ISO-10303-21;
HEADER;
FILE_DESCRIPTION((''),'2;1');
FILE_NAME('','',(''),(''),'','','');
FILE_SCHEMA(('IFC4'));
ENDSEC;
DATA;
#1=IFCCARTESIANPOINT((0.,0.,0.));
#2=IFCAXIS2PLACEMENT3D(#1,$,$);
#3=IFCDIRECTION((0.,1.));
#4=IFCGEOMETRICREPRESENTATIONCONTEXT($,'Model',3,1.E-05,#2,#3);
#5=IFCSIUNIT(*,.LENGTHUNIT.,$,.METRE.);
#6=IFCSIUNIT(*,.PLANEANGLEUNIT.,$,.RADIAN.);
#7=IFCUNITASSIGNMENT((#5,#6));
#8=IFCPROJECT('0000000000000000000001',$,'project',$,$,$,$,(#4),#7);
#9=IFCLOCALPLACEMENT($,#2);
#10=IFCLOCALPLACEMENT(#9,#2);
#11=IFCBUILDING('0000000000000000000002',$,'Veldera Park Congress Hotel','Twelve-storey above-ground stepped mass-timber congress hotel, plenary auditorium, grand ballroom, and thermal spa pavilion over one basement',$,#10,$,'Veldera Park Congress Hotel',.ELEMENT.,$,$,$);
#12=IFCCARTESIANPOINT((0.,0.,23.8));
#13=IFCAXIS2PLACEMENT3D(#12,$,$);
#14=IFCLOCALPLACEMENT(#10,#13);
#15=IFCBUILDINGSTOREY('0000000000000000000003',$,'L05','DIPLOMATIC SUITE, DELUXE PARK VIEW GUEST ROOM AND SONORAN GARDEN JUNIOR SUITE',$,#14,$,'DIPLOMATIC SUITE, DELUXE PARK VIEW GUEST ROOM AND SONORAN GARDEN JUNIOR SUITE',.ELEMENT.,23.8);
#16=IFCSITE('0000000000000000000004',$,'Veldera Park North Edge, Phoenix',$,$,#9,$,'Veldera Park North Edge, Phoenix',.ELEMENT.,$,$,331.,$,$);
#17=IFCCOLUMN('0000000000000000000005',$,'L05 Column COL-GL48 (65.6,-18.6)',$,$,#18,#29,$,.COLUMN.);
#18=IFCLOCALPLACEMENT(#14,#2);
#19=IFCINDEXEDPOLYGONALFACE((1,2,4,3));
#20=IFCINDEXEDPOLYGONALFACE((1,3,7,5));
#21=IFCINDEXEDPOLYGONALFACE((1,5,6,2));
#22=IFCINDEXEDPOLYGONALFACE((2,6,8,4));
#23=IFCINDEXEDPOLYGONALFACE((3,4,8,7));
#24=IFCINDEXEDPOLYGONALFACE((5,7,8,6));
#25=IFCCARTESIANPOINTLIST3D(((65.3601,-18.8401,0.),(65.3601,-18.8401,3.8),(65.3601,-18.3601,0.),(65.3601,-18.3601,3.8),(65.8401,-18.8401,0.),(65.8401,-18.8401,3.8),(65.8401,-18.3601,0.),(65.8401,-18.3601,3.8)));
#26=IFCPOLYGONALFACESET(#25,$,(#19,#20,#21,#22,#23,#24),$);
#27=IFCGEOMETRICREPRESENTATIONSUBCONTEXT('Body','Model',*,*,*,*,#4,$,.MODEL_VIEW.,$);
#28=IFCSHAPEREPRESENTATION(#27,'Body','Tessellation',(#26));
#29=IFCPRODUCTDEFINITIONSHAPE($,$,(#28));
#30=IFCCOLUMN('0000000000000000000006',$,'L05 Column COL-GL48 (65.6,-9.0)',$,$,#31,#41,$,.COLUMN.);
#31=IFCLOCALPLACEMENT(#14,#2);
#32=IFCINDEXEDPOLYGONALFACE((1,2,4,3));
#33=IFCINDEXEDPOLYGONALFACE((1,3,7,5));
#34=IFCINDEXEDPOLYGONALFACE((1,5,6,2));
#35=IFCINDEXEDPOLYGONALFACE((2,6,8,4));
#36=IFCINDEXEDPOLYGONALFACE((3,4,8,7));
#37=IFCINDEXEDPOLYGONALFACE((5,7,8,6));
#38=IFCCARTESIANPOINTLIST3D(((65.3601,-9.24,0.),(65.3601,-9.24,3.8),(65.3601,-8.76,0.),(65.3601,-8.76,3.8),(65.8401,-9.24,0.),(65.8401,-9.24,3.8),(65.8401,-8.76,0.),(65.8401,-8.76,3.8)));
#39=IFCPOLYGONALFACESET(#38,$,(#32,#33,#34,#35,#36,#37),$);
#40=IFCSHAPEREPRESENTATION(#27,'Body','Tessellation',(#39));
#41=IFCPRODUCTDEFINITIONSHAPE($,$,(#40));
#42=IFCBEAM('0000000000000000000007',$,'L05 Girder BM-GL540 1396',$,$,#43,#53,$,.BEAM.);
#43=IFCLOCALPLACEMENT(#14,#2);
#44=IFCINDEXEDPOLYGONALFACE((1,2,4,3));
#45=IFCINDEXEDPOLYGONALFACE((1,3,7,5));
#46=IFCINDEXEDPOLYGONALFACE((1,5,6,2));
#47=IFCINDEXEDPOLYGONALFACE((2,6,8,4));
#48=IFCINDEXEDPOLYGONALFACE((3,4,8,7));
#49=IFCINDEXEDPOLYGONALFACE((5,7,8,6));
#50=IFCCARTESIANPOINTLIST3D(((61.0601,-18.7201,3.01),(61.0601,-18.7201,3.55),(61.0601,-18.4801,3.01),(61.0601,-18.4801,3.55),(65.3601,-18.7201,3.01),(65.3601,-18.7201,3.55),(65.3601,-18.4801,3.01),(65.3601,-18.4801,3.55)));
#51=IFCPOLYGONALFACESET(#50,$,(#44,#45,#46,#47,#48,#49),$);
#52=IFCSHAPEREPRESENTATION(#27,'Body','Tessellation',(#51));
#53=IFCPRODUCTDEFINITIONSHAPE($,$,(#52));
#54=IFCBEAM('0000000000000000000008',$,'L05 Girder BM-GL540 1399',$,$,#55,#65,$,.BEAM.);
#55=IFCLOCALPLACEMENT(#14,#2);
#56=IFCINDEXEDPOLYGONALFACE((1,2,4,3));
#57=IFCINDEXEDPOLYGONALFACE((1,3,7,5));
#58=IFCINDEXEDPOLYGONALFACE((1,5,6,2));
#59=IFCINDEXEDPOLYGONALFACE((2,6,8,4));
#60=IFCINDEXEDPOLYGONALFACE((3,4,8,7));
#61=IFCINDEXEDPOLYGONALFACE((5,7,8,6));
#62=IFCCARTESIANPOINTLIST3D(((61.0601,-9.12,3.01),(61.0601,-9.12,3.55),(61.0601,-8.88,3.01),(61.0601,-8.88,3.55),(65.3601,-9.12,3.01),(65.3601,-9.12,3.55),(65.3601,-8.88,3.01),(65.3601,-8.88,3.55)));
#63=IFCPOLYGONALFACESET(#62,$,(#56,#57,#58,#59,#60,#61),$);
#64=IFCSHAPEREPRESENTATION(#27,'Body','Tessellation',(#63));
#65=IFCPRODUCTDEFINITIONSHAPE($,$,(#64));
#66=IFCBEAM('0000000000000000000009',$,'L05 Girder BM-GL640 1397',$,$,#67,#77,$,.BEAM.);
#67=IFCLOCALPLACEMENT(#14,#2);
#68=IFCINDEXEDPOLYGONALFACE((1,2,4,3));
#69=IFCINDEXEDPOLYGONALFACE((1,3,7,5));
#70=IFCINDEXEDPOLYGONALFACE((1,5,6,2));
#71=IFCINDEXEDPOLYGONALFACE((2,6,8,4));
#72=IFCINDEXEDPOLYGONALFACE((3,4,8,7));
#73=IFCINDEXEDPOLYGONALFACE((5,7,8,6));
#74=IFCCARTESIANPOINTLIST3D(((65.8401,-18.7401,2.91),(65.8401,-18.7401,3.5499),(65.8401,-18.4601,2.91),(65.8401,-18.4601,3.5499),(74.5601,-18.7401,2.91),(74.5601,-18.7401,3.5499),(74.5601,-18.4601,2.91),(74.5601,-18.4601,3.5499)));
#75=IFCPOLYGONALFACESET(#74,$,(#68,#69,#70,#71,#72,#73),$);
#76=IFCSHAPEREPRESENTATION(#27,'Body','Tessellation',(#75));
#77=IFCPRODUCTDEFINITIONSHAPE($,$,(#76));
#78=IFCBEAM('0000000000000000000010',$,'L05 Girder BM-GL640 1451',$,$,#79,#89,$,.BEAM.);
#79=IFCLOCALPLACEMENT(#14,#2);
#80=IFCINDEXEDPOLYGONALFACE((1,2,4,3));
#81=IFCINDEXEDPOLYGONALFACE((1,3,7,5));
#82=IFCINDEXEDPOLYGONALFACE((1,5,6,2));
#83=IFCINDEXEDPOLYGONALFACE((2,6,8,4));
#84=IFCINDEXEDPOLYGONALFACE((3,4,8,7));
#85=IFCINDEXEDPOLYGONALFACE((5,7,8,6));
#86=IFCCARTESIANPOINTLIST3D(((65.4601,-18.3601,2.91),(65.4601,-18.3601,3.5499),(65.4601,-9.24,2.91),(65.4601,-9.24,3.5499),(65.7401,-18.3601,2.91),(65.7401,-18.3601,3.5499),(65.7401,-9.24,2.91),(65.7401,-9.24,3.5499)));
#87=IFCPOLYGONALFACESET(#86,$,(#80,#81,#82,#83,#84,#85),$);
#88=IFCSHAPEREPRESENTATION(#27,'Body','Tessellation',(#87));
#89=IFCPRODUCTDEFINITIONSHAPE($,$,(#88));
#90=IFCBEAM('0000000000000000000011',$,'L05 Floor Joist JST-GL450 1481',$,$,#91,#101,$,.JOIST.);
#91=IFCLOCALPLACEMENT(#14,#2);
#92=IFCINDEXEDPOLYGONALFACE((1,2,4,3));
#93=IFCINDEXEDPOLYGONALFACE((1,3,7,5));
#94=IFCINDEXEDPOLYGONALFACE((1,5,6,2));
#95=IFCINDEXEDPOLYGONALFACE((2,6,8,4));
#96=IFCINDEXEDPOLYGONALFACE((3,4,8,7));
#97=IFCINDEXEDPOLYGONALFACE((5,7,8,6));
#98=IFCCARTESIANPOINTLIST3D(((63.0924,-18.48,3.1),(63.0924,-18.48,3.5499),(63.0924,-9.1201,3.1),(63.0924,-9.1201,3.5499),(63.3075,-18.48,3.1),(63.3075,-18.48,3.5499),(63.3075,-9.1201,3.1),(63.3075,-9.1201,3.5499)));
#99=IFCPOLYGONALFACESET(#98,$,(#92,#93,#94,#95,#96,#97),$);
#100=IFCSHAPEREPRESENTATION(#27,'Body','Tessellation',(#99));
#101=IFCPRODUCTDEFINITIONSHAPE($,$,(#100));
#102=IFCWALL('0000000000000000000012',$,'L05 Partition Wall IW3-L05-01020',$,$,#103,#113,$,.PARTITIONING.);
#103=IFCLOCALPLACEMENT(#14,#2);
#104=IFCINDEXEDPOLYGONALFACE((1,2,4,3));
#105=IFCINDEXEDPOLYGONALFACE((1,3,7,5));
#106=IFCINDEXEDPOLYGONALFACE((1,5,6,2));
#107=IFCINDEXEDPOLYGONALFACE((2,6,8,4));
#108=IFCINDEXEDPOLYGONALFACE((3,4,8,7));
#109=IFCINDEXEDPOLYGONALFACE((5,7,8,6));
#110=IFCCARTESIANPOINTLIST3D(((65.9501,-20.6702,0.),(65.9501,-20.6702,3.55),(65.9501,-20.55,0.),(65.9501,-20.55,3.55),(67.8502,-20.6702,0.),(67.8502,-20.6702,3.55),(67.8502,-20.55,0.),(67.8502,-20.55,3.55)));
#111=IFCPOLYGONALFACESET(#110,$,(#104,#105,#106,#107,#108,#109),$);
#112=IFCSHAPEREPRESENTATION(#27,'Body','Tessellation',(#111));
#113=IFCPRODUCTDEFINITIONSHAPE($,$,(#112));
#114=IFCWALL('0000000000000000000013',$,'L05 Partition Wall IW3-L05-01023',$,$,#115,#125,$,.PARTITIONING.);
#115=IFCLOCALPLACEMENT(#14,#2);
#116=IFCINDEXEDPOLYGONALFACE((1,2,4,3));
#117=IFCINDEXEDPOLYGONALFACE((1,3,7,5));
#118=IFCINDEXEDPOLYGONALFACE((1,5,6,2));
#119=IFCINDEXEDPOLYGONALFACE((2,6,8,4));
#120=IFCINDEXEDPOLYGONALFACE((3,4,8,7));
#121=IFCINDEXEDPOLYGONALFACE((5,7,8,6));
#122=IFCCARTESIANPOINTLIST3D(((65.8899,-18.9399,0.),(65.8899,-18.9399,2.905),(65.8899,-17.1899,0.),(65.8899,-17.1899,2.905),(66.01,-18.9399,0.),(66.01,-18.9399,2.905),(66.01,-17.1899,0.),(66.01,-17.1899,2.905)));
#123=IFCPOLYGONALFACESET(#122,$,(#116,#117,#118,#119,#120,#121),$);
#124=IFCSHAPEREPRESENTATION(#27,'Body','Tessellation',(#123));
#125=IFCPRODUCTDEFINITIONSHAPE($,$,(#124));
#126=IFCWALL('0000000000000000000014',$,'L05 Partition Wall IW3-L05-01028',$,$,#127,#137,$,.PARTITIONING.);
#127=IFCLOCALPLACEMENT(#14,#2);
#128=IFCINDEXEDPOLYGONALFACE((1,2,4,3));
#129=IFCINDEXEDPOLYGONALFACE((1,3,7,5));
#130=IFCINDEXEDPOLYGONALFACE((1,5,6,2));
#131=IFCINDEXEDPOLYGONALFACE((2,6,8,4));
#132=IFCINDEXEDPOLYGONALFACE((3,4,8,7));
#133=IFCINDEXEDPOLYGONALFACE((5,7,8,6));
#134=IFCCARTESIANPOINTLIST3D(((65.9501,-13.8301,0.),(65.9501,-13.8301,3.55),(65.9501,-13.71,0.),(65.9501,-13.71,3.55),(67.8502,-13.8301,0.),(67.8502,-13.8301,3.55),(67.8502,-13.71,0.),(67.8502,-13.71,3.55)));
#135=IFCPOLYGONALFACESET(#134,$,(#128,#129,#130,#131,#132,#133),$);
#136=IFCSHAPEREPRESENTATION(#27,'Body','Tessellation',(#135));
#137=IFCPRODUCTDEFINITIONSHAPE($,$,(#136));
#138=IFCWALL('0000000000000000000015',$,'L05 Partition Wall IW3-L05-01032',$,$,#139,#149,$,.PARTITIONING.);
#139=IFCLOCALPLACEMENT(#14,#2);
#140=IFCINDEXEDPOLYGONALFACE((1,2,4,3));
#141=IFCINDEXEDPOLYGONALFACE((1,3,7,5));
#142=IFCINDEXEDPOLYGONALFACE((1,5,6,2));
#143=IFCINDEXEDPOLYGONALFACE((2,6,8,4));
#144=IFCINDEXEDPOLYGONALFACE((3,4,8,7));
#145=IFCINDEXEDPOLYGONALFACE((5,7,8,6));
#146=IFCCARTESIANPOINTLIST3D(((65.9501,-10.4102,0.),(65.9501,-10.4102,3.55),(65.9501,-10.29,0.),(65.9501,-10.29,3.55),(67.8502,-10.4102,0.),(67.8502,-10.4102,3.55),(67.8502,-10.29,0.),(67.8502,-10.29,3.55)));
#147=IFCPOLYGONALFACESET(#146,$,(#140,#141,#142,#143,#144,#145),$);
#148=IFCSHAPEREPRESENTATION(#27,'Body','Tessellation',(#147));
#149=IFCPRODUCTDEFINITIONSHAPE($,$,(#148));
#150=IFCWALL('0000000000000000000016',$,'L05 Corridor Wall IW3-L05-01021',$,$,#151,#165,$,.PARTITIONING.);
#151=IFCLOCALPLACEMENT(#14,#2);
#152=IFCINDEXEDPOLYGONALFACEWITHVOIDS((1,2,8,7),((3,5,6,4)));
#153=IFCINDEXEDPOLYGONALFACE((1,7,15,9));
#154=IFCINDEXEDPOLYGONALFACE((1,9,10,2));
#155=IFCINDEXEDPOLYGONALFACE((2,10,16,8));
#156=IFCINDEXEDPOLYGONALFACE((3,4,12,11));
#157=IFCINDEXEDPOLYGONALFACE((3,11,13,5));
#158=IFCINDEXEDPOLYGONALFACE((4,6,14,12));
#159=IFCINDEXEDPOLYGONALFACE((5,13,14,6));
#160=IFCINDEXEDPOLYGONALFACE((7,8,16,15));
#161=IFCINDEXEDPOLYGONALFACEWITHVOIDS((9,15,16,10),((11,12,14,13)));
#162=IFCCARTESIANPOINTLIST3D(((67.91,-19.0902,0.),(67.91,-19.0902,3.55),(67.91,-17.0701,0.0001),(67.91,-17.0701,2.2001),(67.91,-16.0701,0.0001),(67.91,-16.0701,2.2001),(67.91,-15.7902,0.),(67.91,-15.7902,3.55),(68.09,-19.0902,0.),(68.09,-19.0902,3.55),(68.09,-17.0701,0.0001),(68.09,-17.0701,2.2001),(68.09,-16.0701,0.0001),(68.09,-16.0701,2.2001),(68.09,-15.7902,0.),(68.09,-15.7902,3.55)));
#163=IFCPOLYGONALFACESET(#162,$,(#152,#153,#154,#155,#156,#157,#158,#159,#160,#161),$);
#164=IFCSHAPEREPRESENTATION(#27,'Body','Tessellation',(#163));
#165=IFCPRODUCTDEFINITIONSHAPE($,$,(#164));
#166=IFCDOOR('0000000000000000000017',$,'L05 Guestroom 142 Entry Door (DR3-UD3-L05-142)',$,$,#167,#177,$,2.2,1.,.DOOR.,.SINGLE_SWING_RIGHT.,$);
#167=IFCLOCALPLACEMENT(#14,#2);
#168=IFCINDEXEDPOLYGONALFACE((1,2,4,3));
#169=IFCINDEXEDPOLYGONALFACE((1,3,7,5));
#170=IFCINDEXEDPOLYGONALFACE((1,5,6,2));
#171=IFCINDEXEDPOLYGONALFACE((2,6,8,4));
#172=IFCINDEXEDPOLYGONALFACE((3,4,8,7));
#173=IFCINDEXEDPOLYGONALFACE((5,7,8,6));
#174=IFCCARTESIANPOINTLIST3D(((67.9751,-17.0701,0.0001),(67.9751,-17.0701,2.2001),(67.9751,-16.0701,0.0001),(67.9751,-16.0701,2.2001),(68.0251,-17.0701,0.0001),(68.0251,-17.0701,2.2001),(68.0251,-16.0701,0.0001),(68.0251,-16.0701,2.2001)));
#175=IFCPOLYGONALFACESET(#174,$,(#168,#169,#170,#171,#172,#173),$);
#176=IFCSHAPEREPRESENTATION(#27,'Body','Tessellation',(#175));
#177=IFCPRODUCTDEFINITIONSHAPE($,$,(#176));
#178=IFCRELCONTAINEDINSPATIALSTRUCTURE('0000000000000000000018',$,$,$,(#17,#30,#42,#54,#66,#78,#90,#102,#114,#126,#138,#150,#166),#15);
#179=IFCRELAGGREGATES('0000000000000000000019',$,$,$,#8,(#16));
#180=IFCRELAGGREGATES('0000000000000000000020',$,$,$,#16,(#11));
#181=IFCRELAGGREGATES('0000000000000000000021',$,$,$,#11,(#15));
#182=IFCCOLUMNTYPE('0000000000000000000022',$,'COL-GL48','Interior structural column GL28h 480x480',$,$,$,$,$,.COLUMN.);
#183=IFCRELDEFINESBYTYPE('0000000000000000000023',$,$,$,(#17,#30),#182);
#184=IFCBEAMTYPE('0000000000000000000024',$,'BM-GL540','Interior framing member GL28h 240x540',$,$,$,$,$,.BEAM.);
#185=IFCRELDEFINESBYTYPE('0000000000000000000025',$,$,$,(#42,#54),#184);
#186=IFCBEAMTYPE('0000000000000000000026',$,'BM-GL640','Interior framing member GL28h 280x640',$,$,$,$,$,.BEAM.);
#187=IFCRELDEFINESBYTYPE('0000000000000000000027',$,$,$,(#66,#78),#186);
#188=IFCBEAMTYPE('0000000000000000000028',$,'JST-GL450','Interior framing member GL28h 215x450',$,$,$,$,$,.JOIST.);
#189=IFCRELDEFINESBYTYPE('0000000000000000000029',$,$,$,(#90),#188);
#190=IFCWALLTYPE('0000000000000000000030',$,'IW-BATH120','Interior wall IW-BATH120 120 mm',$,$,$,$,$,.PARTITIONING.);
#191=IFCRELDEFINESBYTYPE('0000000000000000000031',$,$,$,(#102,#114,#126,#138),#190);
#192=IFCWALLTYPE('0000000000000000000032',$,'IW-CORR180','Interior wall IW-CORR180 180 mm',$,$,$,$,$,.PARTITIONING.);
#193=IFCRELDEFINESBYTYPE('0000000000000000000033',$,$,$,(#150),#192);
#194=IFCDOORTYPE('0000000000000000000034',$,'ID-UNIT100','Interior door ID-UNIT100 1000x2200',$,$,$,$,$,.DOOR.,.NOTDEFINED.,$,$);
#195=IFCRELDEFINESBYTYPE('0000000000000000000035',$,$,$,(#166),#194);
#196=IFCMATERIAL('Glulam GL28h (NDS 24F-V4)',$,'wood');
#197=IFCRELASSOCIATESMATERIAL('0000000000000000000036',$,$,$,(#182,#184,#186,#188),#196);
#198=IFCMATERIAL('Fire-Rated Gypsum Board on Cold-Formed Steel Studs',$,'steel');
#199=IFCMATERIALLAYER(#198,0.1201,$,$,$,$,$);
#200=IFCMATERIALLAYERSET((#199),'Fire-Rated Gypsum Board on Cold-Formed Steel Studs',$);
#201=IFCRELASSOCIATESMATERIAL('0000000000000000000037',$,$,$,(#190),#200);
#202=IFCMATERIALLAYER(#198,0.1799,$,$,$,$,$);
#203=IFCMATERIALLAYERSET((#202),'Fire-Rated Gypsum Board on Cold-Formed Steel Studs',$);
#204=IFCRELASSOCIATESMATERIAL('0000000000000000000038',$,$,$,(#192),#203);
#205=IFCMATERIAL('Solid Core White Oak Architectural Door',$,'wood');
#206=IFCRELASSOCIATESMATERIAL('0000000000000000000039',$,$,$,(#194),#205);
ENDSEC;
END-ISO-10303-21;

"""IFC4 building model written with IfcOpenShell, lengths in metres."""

from ifc_helpers import new_model, si_unit, direction, frame, frame_2d, origin, origin_2d, place, context, subcontext, project, spatial, rectangle, extrude, material, layer, layer_set, material_profile, profile_set, type_object, element, fill, save


model = new_model("IFC4")

# Units and contexts
model_context = context("Model", 3, precision=1e-05, world=origin(), true_north=direction((0.0, 1.0)))
body_context = subcontext(model_context, "Body", "Model", "MODEL_VIEW")
ifc_project = project(units=[si_unit("LENGTHUNIT", "METRE"), si_unit("PLANEANGLEUNIT", "RADIAN")], contexts=[model_context])

# Site, building, storey
site_placement = place(None, origin())
site = spatial("IfcSite", under=ifc_project, at=site_placement, Name="Veldera Park North Edge, Phoenix", LongName="Veldera Park North Edge, Phoenix", CompositionType="ELEMENT", RefElevation=331.0)
building_placement = place(site_placement, origin())
building = spatial("IfcBuilding", under=site, at=building_placement, Name="Veldera Park Congress Hotel", Description="Twelve-storey above-ground stepped mass-timber congress hotel, plenary auditorium, grand ballroom, and thermal spa pavilion over one basement", LongName="Veldera Park Congress Hotel", CompositionType="ELEMENT")
storey_placement = place(building_placement, frame((0.0, 0.0, 23.8)))
storey = spatial("IfcBuildingStorey", under=building, at=storey_placement, Name="L05", Description="DIPLOMATIC SUITE, DELUXE PARK VIEW GUEST ROOM AND SONORAN GARDEN JUNIOR SUITE", LongName="DIPLOMATIC SUITE, DELUXE PARK VIEW GUEST ROOM AND SONORAN GARDEN JUNIOR SUITE", CompositionType="ELEMENT", Elevation=23.8)

# Columns
ifc_material_1 = material(Name="Glulam GL28h (NDS 24F-V4)", Category="wood")
ifc_material_profile_1 = material_profile(ifc_material_1, rectangle(XDim=0.48, YDim=0.48, at=origin_2d()), Name="GL28h 480x480")
ifc_profile_set_1 = profile_set([ifc_material_profile_1], Name="Glulam GL28h (NDS 24F-V4)")
column_type = type_object("IfcColumnType", Name="COL-GL48", Description="Interior structural column GL28h 480x480", PredefinedType="COLUMN", material=ifc_profile_set_1)
for number, where, z_axis, x_axis, name in (
    (1, (65.6001, -18.6001, 0.0), (0.0, 0.0, 1.0), (1.0, 0.0, 0.0), "L05 Column COL-GL48 (65.6,-18.6)"),
    (2, (65.6001, -9.0, 0.0), (0.0, 0.0, 1.0), (1.0, 0.0, 0.0), "L05 Column COL-GL48 (65.6,-9.0)"),
):
    element("IfcColumn", number, at=place(storey_placement, frame(where, z_axis=z_axis, x_axis=x_axis)), inside=storey, type_object=column_type, Name=name, PredefinedType="COLUMN", context=body_context, shape_type="SweptSolid", body=[
        extrude(rectangle(XDim=0.48, YDim=0.48, at=origin_2d()), origin(), (0.0, 0.0, 1.0), 3.8),
    ])

# Beams
ifc_material_profile_2 = material_profile(ifc_material_1, rectangle(XDim=0.24, YDim=0.54, at=origin_2d()), Name="GL28h 240x540")
ifc_profile_set_2 = profile_set([ifc_material_profile_2], Name="Glulam GL28h (NDS 24F-V4)")
beam_type_1 = type_object("IfcBeamType", Name="BM-GL540", Description="Interior framing member GL28h 240x540", PredefinedType="BEAM", material=ifc_profile_set_2)
for number, where, z_axis, x_axis, name in (
    (3, (61.0601, -18.6001, 3.28), (1.0, 0.0, 0.0), (0.0, 1.0, 0.0), "L05 Girder BM-GL540 1396"),
    (4, (61.0601, -9.0, 3.28), (1.0, 0.0, 0.0), (0.0, 1.0, 0.0), "L05 Girder BM-GL540 1399"),
):
    element("IfcBeam", number, at=place(storey_placement, frame(where, z_axis=z_axis, x_axis=x_axis)), inside=storey, type_object=beam_type_1, Name=name, PredefinedType="BEAM", context=body_context, shape_type="SweptSolid", body=[
        extrude(rectangle(XDim=0.24, YDim=0.54, at=origin_2d()), origin(), (0.0, 0.0, 1.0), 4.3),
    ])
ifc_material_profile_3 = material_profile(ifc_material_1, rectangle(XDim=0.28, YDim=0.6399, at=origin_2d()), Name="GL28h 280x640")
ifc_profile_set_3 = profile_set([ifc_material_profile_3], Name="Glulam GL28h (NDS 24F-V4)")
beam_type_2 = type_object("IfcBeamType", Name="BM-GL640", Description="Interior framing member GL28h 280x640", PredefinedType="BEAM", material=ifc_profile_set_3)
beam_1_placement = place(storey_placement, frame((65.8401, -18.6001, 3.23), z_axis=(1.0, 0.0, 0.0), x_axis=(0.0, 1.0, 0.0)))
element("IfcBeam", 5, at=beam_1_placement, inside=storey, type_object=beam_type_2, Name="L05 Girder BM-GL640 1397", PredefinedType="BEAM", context=body_context, shape_type="SweptSolid", body=[
    extrude(rectangle(XDim=0.28, YDim=0.6399, at=origin_2d()), origin(), (0.0, 0.0, 1.0), 8.72),
])
beam_2_placement = place(storey_placement, frame((65.6001, -18.3601, 3.23), z_axis=(0.0, 1.0, 0.0), x_axis=(-1.0, 0.0, 0.0)))
element("IfcBeam", 6, at=beam_2_placement, inside=storey, type_object=beam_type_2, Name="L05 Girder BM-GL640 1451", PredefinedType="BEAM", context=body_context, shape_type="SweptSolid", body=[
    extrude(rectangle(XDim=0.28, YDim=0.6399, at=origin_2d()), origin(), (0.0, 0.0, 1.0), 9.1201),
])
ifc_material_profile_4 = material_profile(ifc_material_1, rectangle(XDim=0.2151, YDim=0.45, at=origin_2d()), Name="GL28h 215x450")
ifc_profile_set_4 = profile_set([ifc_material_profile_4], Name="Glulam GL28h (NDS 24F-V4)")
beam_type_3 = type_object("IfcBeamType", Name="JST-GL450", Description="Interior framing member GL28h 215x450", PredefinedType="JOIST", material=ifc_profile_set_4)
beam_3_placement = place(storey_placement, frame((63.2, -18.48, 3.325), z_axis=(0.0, 1.0, 0.0), x_axis=(-1.0, 0.0, 0.0)))
element("IfcBeam", 7, at=beam_3_placement, inside=storey, type_object=beam_type_3, Name="L05 Floor Joist JST-GL450 1481", PredefinedType="JOIST", context=body_context, shape_type="SweptSolid", body=[
    extrude(rectangle(XDim=0.2151, YDim=0.45, at=origin_2d()), origin(), (0.0, 0.0, 1.0), 9.3599),
])

# Shared definitions
ifc_material_2 = material(Name="Fire-Rated Gypsum Board on Cold-Formed Steel Studs", Category="steel")
ifc_layer_1 = layer(ifc_material_2, 0.1201)
ifc_layer_set_1 = layer_set([ifc_layer_1], Name="Fire-Rated Gypsum Board on Cold-Formed Steel Studs")
wall_type_1 = type_object("IfcWallType", Name="IW-BATH120", Description="Interior wall IW-BATH120 120 mm", PredefinedType="PARTITIONING", material=ifc_layer_set_1)
ifc_material_3 = material(Name="Solid Core White Oak Architectural Door", Category="wood")

# Walls
wall_1_placement = place(storey_placement, frame((65.95, -20.6101, 0.0), z_axis=(0.0, 0.0, 1.0), x_axis=(1.0, 0.0, 0.0)))
element("IfcWall", 8, at=wall_1_placement, inside=storey, type_object=wall_type_1, Name="L05 Partition Wall IW3-L05-01020", PredefinedType="PARTITIONING", context=body_context, shape_type="SweptSolid", body=[
    extrude(rectangle(XDim=1.9001, YDim=0.1201, at=frame_2d((0.9502, 0.0))), origin(), (0.0, 0.0, 1.0), 3.55),
])
wall_2_placement = place(storey_placement, frame((65.95, -18.9399, 0.0), z_axis=(0.0, 0.0, 1.0), x_axis=(0.0, 1.0, 0.0)))
element("IfcWall", 9, at=wall_2_placement, inside=storey, type_object=wall_type_1, Name="L05 Partition Wall IW3-L05-01023", PredefinedType="PARTITIONING", context=body_context, shape_type="SweptSolid", body=[
    extrude(rectangle(XDim=1.75, YDim=0.1201, at=frame_2d((0.875, 0.0))), origin(), (0.0, 0.0, 1.0), 2.905),
])

# Wall
wall_3_placement = place(storey_placement, frame((65.95, -13.77, 0.0), z_axis=(0.0, 0.0, 1.0), x_axis=(1.0, 0.0, 0.0)))
element("IfcWall", 10, at=wall_3_placement, inside=storey, type_object=wall_type_1, Name="L05 Partition Wall IW3-L05-01028", PredefinedType="PARTITIONING", context=body_context, shape_type="SweptSolid", body=[
    extrude(rectangle(XDim=1.9001, YDim=0.1201, at=frame_2d((0.9502, 0.0))), origin(), (0.0, 0.0, 1.0), 3.55),
])

# Wall
wall_4_placement = place(storey_placement, frame((65.95, -10.3501, 0.0), z_axis=(0.0, 0.0, 1.0), x_axis=(1.0, 0.0, 0.0)))
element("IfcWall", 11, at=wall_4_placement, inside=storey, type_object=wall_type_1, Name="L05 Partition Wall IW3-L05-01032", PredefinedType="PARTITIONING", context=body_context, shape_type="SweptSolid", body=[
    extrude(rectangle(XDim=1.9001, YDim=0.1201, at=frame_2d((0.9502, 0.0))), origin(), (0.0, 0.0, 1.0), 3.55),
])

# Wall, opening, door
ifc_layer_2 = layer(ifc_material_2, 0.1799)
ifc_layer_set_2 = layer_set([ifc_layer_2], Name="Fire-Rated Gypsum Board on Cold-Formed Steel Studs")
wall_type_2 = type_object("IfcWallType", Name="IW-CORR180", Description="Interior wall IW-CORR180 180 mm", PredefinedType="PARTITIONING", material=ifc_layer_set_2)
wall_5_placement = place(storey_placement, frame((68.0, -19.0901, 0.0), z_axis=(0.0, 0.0, 1.0), x_axis=(0.0, 1.0, 0.0)))
wall_5 = element("IfcWall", 12, at=wall_5_placement, inside=storey, type_object=wall_type_2, Name="L05 Corridor Wall IW3-L05-01021", PredefinedType="PARTITIONING", context=body_context, shape_type="SweptSolid", body=[
    extrude(rectangle(XDim=3.3, YDim=0.1799, at=frame_2d((1.6499, 0.0))), origin(), (0.0, 0.0, 1.0), 3.55),
])
opening_1_placement = place(wall_5_placement, frame((2.02, 0.0, 0.0)))
opening_1 = element("IfcOpeningElement", 13, at=opening_1_placement, cuts=wall_5, PredefinedType="OPENING", context=body_context, shape_type="SweptSolid", body=[
    extrude(rectangle(XDim=1.0, YDim=2.2, at=frame_2d((0.5, 1.1001))), frame((0.0, 0.1021, 0.0), z_axis=(0.0, -1.0, 0.0), x_axis=(1.0, 0.0, 0.0)), (0.0, 0.0, 1.0), 0.2039),
])
door_type_1 = type_object("IfcDoorType", Name="ID-UNIT100", Description="Interior door ID-UNIT100 1000x2200", OperationType="NOTDEFINED", PredefinedType="DOOR", material=ifc_material_3)
door_1_placement = place(opening_1_placement, origin())
door_1 = element("IfcDoor", 14, at=door_1_placement, inside=storey, type_object=door_type_1, Name="L05 Guestroom 142 Entry Door (DR3-UD3-L05-142)", OperationType="SINGLE_SWING_RIGHT", OverallHeight=2.2, OverallWidth=1.0, PredefinedType="DOOR", context=body_context, shape_type="SweptSolid", body=[
    extrude(rectangle(XDim=1.0, YDim=2.2, at=frame_2d((0.5, 1.1001))), frame((0.0, 0.0249, 0.0), z_axis=(0.0, -1.0, 0.0), x_axis=(1.0, 0.0, 0.0)), (0.0, 0.0, 1.0), 0.05),
])
fill(opening_1, door_1)

save(model, "model.ifc")
